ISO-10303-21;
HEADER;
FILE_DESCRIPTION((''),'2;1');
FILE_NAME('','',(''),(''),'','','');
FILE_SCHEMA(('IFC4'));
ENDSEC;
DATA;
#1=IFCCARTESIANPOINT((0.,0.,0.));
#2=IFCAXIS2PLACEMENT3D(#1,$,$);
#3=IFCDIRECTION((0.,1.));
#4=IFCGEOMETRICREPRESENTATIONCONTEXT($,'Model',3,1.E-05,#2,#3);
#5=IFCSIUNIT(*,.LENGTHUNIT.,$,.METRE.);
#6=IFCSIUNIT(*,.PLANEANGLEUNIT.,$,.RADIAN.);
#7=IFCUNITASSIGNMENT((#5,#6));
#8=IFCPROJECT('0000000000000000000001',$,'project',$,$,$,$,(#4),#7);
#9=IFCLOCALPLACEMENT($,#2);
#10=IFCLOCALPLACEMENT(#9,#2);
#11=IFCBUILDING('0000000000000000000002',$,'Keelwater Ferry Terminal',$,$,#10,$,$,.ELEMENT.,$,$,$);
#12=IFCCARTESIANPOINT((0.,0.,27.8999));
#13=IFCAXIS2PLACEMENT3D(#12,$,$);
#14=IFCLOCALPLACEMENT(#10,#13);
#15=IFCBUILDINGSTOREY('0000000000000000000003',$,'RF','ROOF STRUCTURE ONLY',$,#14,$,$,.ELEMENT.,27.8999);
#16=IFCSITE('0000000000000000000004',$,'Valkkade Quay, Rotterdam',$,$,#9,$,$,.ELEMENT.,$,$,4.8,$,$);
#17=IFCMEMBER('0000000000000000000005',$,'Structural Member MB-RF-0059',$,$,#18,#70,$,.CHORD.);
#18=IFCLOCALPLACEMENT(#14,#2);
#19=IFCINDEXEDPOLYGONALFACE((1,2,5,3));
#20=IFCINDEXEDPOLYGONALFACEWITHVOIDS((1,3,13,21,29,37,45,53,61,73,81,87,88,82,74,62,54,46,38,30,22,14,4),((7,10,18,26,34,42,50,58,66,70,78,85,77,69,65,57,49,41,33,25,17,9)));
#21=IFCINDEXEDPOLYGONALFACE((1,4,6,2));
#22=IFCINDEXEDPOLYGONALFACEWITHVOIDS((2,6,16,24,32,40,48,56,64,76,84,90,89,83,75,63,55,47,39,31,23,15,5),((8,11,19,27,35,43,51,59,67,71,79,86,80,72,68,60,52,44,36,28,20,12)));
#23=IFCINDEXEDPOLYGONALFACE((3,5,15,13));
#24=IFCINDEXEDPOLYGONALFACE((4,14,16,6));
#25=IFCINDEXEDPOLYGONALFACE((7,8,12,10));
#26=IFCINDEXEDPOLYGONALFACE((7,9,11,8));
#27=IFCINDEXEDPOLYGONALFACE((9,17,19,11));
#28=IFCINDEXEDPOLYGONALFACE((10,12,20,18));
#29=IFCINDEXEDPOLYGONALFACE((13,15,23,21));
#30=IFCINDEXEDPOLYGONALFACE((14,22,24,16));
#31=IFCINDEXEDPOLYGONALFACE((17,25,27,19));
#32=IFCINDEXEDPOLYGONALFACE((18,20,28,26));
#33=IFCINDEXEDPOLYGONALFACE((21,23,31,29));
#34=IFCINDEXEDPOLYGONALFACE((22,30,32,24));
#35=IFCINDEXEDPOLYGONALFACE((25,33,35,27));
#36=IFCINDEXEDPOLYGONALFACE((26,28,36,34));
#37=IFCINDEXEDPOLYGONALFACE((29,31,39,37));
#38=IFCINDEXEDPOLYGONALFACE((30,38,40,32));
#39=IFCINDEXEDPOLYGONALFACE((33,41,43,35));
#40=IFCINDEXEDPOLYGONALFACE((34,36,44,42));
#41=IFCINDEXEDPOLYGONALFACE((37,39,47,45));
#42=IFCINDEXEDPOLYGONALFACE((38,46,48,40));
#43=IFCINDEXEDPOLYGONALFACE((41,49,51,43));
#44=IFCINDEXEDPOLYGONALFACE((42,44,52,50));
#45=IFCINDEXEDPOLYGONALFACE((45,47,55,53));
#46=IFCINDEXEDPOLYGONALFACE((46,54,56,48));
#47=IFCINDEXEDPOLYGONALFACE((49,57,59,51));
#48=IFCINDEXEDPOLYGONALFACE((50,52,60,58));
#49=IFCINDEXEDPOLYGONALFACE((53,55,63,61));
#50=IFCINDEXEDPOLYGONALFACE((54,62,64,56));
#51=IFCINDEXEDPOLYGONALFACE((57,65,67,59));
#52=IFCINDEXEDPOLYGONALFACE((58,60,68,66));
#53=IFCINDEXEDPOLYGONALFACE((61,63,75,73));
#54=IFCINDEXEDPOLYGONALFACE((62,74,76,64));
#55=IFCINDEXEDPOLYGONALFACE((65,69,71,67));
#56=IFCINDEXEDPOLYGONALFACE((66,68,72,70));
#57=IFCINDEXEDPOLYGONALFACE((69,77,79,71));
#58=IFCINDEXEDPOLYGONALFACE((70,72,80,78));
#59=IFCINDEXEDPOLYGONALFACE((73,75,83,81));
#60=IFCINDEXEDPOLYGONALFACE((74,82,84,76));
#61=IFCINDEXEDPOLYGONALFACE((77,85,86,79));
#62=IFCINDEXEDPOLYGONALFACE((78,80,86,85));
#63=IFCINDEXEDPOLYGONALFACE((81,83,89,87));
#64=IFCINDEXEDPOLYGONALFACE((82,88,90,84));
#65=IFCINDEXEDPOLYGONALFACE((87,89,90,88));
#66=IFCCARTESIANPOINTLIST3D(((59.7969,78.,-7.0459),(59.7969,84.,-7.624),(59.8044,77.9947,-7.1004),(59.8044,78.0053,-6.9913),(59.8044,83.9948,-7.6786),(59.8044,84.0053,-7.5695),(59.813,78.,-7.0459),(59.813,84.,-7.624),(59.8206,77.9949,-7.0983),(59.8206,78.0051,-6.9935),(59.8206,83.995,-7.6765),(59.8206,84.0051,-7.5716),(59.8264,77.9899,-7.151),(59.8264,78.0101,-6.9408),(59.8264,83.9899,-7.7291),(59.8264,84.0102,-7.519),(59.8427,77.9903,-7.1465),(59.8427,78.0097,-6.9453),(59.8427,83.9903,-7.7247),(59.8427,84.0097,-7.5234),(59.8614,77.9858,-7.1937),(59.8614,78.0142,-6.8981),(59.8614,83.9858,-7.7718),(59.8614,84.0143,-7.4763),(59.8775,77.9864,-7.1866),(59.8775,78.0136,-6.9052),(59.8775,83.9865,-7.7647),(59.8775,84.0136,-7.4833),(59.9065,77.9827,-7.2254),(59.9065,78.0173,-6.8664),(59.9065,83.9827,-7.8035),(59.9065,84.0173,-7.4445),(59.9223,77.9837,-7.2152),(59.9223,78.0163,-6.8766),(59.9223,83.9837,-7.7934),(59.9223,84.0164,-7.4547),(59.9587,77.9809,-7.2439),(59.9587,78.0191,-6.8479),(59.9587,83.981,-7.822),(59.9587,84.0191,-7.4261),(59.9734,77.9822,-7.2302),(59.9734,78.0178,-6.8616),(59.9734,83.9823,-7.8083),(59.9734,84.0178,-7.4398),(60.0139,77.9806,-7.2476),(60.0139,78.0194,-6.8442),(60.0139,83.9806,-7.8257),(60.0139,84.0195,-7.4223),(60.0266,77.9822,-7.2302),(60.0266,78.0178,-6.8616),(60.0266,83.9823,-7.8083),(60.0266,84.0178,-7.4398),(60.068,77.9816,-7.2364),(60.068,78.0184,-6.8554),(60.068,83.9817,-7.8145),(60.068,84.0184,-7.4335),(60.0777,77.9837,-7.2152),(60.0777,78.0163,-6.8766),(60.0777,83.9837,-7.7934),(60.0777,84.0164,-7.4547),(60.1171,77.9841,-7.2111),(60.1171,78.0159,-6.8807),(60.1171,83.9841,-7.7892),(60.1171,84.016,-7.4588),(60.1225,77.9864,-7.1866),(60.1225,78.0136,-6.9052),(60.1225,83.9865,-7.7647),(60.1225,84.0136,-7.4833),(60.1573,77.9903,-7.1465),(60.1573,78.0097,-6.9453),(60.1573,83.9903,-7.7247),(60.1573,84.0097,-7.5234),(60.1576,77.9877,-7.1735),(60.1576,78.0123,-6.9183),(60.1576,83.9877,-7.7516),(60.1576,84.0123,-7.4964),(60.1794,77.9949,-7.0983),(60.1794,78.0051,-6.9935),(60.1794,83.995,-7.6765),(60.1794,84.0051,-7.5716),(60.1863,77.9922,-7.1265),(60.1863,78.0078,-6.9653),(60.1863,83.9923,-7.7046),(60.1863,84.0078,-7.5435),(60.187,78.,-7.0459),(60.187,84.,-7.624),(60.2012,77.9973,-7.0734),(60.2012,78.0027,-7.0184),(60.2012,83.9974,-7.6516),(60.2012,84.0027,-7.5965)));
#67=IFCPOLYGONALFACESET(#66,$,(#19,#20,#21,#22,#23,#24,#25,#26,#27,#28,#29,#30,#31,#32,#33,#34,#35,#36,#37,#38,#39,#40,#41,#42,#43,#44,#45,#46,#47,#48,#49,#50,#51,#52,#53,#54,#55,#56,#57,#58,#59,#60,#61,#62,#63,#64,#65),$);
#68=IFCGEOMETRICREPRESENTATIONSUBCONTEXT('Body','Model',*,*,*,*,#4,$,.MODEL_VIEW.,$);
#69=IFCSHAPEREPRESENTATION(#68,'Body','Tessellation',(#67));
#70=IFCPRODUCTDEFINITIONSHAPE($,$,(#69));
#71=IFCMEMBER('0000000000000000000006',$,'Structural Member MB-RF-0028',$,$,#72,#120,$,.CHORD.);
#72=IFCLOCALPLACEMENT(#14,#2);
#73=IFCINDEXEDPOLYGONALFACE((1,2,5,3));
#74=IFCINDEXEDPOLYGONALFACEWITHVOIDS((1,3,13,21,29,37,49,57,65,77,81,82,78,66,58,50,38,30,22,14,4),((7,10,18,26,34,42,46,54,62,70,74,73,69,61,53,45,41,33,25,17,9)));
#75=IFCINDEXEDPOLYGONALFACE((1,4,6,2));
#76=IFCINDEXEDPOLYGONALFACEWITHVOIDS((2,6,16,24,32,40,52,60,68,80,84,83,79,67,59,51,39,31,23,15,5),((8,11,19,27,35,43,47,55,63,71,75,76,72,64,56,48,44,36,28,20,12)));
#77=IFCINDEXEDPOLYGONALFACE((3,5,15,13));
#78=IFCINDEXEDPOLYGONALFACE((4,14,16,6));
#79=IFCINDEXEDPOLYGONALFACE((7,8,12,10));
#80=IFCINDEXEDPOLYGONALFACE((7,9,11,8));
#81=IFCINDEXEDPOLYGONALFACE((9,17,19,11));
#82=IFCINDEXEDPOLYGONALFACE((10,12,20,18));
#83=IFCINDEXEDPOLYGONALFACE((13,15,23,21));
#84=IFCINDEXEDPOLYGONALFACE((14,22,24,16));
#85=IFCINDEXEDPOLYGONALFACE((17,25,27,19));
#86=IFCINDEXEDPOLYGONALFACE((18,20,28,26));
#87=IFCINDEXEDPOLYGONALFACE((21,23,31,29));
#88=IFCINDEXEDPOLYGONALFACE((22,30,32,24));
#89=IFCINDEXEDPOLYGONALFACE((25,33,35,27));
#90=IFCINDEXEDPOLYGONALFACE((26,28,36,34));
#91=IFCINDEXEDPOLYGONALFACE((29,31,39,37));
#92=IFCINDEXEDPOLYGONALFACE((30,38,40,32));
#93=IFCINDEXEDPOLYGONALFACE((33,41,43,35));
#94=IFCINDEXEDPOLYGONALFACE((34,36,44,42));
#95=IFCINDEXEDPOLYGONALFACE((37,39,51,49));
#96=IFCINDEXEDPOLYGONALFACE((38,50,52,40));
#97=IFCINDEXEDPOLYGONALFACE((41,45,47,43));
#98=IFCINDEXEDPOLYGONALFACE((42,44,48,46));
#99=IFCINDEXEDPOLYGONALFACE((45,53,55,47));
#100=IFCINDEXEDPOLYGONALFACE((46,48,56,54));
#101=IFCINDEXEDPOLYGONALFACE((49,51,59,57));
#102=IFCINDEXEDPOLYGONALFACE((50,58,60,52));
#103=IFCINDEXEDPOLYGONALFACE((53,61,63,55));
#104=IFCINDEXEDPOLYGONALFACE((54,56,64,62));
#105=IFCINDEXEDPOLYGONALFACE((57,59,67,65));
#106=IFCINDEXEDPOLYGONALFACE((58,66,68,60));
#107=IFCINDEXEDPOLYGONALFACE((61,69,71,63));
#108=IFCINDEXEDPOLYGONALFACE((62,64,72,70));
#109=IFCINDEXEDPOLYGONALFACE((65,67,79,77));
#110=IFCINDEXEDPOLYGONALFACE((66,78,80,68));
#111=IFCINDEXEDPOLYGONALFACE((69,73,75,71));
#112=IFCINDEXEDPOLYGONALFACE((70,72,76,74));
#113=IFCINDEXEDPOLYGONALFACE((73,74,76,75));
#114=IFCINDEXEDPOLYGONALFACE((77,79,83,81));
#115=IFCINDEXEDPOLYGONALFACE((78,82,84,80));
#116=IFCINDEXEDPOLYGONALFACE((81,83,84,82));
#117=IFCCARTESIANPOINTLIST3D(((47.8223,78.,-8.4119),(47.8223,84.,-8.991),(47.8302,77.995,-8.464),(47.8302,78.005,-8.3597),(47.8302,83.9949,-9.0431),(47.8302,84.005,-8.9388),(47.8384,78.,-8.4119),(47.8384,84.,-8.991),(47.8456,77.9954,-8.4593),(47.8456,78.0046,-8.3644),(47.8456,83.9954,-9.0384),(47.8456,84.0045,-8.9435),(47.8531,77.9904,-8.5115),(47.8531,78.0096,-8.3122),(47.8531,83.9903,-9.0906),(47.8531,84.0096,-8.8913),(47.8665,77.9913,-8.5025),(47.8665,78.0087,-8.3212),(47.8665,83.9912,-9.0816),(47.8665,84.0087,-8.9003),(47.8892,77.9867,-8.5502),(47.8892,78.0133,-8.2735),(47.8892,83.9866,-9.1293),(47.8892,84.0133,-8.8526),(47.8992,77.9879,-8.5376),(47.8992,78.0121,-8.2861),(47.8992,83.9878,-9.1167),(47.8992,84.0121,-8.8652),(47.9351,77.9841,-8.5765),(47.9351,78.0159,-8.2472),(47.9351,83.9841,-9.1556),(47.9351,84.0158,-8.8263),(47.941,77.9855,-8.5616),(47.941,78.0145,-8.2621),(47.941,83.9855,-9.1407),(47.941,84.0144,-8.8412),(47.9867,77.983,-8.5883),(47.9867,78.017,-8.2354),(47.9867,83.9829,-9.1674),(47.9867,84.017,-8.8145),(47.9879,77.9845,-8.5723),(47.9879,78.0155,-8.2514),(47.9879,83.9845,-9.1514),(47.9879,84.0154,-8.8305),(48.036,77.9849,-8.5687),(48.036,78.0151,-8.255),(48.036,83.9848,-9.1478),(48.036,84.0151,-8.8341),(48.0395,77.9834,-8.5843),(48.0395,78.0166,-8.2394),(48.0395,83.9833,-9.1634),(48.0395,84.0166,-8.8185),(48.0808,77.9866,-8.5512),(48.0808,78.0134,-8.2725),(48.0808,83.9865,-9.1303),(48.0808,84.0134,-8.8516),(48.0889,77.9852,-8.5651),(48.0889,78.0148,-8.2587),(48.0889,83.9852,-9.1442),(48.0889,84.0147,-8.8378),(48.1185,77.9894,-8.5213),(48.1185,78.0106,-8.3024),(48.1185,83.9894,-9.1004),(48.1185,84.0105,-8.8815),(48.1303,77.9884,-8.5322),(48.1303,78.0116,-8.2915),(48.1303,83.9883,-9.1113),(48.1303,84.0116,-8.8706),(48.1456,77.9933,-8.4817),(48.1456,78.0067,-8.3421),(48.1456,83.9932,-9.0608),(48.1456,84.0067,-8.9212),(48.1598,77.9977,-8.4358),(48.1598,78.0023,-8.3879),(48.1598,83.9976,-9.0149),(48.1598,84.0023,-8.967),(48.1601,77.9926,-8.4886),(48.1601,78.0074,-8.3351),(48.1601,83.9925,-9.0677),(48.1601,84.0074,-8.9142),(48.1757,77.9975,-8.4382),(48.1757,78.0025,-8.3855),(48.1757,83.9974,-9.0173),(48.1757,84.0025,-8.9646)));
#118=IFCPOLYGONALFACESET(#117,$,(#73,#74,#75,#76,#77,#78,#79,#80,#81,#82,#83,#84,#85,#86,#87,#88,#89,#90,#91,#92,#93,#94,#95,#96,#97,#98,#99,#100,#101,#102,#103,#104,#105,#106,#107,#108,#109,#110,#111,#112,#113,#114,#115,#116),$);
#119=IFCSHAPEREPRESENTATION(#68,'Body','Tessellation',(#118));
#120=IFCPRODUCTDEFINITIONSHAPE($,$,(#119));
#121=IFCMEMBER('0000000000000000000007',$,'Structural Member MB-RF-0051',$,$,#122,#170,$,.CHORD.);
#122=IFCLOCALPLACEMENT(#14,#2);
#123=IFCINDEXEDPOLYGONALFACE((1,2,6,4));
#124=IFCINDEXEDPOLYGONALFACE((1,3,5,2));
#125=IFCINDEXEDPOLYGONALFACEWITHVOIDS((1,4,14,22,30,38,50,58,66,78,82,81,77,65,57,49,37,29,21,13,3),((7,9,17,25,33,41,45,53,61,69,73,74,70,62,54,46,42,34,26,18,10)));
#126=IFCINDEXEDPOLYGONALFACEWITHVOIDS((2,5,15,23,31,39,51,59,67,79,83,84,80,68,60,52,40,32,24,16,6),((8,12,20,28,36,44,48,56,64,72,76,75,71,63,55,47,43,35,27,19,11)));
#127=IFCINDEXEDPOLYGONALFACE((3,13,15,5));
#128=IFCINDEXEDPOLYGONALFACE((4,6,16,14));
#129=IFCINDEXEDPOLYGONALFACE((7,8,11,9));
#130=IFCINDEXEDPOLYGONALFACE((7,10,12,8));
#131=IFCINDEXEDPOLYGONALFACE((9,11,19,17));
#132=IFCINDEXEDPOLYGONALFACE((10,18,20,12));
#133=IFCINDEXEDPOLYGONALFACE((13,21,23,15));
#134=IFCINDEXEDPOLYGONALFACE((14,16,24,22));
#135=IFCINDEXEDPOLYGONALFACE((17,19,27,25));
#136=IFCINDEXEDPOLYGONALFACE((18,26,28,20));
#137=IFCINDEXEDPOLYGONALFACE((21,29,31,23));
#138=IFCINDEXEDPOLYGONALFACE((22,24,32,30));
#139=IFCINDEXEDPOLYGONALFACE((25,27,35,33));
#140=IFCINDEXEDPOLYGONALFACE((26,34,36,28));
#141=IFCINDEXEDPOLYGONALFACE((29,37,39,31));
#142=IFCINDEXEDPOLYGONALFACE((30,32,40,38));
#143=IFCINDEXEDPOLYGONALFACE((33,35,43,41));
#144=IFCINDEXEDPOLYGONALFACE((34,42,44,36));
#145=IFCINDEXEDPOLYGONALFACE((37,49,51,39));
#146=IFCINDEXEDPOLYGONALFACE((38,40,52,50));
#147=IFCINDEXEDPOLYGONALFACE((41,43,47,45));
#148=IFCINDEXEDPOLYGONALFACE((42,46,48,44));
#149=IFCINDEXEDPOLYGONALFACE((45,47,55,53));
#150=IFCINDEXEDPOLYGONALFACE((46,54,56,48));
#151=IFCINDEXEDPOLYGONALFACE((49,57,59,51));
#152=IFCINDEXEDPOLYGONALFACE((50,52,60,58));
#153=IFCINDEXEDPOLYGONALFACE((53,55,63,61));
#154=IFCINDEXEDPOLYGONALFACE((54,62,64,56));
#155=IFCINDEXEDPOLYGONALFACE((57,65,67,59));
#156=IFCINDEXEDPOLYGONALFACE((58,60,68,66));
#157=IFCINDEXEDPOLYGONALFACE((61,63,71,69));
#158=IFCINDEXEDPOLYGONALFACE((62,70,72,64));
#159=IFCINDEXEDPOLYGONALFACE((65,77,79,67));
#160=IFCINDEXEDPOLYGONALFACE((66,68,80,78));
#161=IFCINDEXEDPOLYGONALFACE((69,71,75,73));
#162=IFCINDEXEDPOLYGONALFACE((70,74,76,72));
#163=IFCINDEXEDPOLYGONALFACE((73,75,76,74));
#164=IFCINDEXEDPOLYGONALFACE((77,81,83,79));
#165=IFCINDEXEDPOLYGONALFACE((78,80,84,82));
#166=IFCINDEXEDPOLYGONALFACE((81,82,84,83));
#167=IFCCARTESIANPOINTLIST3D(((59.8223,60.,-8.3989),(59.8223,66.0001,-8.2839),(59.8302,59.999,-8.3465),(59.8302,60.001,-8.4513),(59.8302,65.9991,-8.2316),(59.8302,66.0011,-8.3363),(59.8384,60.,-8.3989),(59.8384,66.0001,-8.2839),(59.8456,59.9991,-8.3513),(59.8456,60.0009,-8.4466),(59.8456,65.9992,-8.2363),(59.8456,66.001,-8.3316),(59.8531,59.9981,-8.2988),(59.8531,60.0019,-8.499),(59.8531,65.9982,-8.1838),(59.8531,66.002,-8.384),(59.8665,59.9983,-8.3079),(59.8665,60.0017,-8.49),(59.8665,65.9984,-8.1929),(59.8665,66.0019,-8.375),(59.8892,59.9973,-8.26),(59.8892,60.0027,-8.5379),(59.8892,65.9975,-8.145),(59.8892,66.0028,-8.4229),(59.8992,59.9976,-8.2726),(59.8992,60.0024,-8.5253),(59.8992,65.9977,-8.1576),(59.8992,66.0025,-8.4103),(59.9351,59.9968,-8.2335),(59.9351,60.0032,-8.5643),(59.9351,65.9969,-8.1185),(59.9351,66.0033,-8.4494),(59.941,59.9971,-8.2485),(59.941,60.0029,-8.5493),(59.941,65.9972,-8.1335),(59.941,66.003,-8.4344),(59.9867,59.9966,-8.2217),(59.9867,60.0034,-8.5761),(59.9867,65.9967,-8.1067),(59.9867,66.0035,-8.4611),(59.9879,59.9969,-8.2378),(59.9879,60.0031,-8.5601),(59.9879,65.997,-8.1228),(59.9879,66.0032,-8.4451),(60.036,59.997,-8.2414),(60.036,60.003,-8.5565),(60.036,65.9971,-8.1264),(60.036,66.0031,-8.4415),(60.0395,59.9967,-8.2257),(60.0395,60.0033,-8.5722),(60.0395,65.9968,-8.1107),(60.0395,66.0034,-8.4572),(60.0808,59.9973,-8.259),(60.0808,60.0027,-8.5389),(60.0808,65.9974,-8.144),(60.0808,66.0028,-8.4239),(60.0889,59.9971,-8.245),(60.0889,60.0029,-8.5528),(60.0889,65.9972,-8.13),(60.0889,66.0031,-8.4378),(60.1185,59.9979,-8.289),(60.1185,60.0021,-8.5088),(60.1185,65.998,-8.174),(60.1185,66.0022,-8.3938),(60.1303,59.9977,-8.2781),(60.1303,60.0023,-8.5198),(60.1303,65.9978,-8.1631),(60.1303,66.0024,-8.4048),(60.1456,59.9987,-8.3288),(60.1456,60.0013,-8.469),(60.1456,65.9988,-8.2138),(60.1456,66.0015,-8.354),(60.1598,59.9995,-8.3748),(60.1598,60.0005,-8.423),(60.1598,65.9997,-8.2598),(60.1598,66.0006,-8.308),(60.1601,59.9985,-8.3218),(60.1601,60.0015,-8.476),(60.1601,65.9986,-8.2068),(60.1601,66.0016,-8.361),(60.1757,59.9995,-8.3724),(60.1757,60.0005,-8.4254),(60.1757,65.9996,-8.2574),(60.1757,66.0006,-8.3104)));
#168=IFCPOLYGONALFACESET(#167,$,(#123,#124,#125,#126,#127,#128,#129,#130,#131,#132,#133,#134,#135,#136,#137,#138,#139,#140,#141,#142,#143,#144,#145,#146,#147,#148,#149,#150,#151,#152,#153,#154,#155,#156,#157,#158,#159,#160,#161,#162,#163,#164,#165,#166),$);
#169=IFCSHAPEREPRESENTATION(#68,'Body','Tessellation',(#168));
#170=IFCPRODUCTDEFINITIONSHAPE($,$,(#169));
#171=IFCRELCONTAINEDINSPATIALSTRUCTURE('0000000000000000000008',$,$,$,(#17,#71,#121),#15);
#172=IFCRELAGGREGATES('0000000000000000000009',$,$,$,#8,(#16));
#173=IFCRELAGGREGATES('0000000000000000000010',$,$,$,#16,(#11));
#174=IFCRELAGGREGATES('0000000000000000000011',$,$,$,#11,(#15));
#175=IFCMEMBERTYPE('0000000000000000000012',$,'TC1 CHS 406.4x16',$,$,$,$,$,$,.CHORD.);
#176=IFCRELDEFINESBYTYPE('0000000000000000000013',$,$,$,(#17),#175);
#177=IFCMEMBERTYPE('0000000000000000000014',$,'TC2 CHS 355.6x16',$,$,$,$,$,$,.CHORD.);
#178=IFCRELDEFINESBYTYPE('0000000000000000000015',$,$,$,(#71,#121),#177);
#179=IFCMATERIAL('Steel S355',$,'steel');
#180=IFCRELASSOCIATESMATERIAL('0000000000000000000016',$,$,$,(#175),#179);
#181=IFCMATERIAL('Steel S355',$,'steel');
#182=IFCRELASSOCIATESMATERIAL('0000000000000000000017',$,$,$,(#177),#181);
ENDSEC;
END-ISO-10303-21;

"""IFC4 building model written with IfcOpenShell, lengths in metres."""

from ifc_helpers import new_model, si_unit, direction, frame, origin, origin_2d, place, context, subcontext, project, spatial, hollow_circle, extrude, material, material_profile, profile_set, type_object, element, save


model = new_model("IFC4")

# Units and contexts
model_context = context("Model", 3, precision=1e-05, world=origin(), true_north=direction((0.0, 1.0)))
body_context = subcontext(model_context, "Body", "Model", "MODEL_VIEW")
ifc_project = project(units=[si_unit("LENGTHUNIT", "METRE"), si_unit("PLANEANGLEUNIT", "RADIAN")], contexts=[model_context])

# Site, building, storey
site_placement = place(None, origin())
site = spatial("IfcSite", under=ifc_project, at=site_placement, Name="Valkkade Quay, Rotterdam", CompositionType="ELEMENT", RefElevation=4.8)
building_placement = place(site_placement, origin())
building = spatial("IfcBuilding", under=site, at=building_placement, Name="Keelwater Ferry Terminal", CompositionType="ELEMENT")
storey_placement = place(building_placement, frame((0.0, 0.0, 27.8999)))
storey = spatial("IfcBuildingStorey", under=building, at=storey_placement, Name="RF", Description="ROOF STRUCTURE ONLY", CompositionType="ELEMENT", Elevation=27.8999)

# Members
ifc_material_1 = material(Name="Steel S355", Category="steel")
ifc_material_profile_1 = material_profile(ifc_material_1, hollow_circle(Radius=0.2031, WallThickness=0.0161, at=origin_2d()), Name="CHS 406.4x16")
ifc_profile_set_1 = profile_set([ifc_material_profile_1], Name="Steel S355")
member_type_1 = type_object("IfcMemberType", Name="TC1 CHS 406.4x16", PredefinedType="CHORD", material=ifc_profile_set_1)
member_1_placement = place(storey_placement, frame((60.0, 78.0, -7.0459), z_axis=(0.0, 0.99539, -0.09591), x_axis=(-1.0, 0.0, 0.0)))
element("IfcMember", 1, at=member_1_placement, inside=storey, type_object=member_type_1, Name="Structural Member MB-RF-0059", PredefinedType="CHORD", context=body_context, shape_type="SweptSolid", body=[
    extrude(hollow_circle(Radius=0.2031, WallThickness=0.0161, at=origin_2d()), origin(), (0.0, 0.0, 1.0), 6.0278),
])
ifc_material_2 = material(Name="Steel S355", Category="steel")
ifc_material_profile_2 = material_profile(ifc_material_2, hollow_circle(Radius=0.1777, WallThickness=0.0161, at=origin_2d()), Name="CHS 355.6x16")
ifc_profile_set_2 = profile_set([ifc_material_profile_2], Name="Steel S355")
member_type_2 = type_object("IfcMemberType", Name="TC2 CHS 355.6x16", PredefinedType="CHORD", material=ifc_profile_set_2)
member_2_placement = place(storey_placement, frame((48.0, 78.0, -8.4119), z_axis=(0.0, 0.995375, -0.09607), x_axis=(-1.0, 0.0, 0.0)))
element("IfcMember", 2, at=member_2_placement, inside=storey, type_object=member_type_2, Name="Structural Member MB-RF-0028", PredefinedType="CHORD", context=body_context, shape_type="SweptSolid", body=[
    extrude(hollow_circle(Radius=0.1777, WallThickness=0.0161, at=origin_2d()), origin(), (0.0, 0.0, 1.0), 6.0278),
])
for number, where, z_axis, x_axis, name in (
    (3, (60.0, 60.0, -8.3989), (0.0, 0.999816, 0.019162), (-1.0, 0.0, 0.0), "Structural Member MB-RF-0051"),
):
    element("IfcMember", number, at=place(storey_placement, frame(where, z_axis=z_axis, x_axis=x_axis)), inside=storey, type_object=member_type_2, Name=name, PredefinedType="CHORD", context=body_context, shape_type="SweptSolid", body=[
        extrude(hollow_circle(Radius=0.1777, WallThickness=0.0161, at=origin_2d()), origin(), (0.0, 0.0, 1.0), 6.0012),
    ])

save(model, "model.ifc")
